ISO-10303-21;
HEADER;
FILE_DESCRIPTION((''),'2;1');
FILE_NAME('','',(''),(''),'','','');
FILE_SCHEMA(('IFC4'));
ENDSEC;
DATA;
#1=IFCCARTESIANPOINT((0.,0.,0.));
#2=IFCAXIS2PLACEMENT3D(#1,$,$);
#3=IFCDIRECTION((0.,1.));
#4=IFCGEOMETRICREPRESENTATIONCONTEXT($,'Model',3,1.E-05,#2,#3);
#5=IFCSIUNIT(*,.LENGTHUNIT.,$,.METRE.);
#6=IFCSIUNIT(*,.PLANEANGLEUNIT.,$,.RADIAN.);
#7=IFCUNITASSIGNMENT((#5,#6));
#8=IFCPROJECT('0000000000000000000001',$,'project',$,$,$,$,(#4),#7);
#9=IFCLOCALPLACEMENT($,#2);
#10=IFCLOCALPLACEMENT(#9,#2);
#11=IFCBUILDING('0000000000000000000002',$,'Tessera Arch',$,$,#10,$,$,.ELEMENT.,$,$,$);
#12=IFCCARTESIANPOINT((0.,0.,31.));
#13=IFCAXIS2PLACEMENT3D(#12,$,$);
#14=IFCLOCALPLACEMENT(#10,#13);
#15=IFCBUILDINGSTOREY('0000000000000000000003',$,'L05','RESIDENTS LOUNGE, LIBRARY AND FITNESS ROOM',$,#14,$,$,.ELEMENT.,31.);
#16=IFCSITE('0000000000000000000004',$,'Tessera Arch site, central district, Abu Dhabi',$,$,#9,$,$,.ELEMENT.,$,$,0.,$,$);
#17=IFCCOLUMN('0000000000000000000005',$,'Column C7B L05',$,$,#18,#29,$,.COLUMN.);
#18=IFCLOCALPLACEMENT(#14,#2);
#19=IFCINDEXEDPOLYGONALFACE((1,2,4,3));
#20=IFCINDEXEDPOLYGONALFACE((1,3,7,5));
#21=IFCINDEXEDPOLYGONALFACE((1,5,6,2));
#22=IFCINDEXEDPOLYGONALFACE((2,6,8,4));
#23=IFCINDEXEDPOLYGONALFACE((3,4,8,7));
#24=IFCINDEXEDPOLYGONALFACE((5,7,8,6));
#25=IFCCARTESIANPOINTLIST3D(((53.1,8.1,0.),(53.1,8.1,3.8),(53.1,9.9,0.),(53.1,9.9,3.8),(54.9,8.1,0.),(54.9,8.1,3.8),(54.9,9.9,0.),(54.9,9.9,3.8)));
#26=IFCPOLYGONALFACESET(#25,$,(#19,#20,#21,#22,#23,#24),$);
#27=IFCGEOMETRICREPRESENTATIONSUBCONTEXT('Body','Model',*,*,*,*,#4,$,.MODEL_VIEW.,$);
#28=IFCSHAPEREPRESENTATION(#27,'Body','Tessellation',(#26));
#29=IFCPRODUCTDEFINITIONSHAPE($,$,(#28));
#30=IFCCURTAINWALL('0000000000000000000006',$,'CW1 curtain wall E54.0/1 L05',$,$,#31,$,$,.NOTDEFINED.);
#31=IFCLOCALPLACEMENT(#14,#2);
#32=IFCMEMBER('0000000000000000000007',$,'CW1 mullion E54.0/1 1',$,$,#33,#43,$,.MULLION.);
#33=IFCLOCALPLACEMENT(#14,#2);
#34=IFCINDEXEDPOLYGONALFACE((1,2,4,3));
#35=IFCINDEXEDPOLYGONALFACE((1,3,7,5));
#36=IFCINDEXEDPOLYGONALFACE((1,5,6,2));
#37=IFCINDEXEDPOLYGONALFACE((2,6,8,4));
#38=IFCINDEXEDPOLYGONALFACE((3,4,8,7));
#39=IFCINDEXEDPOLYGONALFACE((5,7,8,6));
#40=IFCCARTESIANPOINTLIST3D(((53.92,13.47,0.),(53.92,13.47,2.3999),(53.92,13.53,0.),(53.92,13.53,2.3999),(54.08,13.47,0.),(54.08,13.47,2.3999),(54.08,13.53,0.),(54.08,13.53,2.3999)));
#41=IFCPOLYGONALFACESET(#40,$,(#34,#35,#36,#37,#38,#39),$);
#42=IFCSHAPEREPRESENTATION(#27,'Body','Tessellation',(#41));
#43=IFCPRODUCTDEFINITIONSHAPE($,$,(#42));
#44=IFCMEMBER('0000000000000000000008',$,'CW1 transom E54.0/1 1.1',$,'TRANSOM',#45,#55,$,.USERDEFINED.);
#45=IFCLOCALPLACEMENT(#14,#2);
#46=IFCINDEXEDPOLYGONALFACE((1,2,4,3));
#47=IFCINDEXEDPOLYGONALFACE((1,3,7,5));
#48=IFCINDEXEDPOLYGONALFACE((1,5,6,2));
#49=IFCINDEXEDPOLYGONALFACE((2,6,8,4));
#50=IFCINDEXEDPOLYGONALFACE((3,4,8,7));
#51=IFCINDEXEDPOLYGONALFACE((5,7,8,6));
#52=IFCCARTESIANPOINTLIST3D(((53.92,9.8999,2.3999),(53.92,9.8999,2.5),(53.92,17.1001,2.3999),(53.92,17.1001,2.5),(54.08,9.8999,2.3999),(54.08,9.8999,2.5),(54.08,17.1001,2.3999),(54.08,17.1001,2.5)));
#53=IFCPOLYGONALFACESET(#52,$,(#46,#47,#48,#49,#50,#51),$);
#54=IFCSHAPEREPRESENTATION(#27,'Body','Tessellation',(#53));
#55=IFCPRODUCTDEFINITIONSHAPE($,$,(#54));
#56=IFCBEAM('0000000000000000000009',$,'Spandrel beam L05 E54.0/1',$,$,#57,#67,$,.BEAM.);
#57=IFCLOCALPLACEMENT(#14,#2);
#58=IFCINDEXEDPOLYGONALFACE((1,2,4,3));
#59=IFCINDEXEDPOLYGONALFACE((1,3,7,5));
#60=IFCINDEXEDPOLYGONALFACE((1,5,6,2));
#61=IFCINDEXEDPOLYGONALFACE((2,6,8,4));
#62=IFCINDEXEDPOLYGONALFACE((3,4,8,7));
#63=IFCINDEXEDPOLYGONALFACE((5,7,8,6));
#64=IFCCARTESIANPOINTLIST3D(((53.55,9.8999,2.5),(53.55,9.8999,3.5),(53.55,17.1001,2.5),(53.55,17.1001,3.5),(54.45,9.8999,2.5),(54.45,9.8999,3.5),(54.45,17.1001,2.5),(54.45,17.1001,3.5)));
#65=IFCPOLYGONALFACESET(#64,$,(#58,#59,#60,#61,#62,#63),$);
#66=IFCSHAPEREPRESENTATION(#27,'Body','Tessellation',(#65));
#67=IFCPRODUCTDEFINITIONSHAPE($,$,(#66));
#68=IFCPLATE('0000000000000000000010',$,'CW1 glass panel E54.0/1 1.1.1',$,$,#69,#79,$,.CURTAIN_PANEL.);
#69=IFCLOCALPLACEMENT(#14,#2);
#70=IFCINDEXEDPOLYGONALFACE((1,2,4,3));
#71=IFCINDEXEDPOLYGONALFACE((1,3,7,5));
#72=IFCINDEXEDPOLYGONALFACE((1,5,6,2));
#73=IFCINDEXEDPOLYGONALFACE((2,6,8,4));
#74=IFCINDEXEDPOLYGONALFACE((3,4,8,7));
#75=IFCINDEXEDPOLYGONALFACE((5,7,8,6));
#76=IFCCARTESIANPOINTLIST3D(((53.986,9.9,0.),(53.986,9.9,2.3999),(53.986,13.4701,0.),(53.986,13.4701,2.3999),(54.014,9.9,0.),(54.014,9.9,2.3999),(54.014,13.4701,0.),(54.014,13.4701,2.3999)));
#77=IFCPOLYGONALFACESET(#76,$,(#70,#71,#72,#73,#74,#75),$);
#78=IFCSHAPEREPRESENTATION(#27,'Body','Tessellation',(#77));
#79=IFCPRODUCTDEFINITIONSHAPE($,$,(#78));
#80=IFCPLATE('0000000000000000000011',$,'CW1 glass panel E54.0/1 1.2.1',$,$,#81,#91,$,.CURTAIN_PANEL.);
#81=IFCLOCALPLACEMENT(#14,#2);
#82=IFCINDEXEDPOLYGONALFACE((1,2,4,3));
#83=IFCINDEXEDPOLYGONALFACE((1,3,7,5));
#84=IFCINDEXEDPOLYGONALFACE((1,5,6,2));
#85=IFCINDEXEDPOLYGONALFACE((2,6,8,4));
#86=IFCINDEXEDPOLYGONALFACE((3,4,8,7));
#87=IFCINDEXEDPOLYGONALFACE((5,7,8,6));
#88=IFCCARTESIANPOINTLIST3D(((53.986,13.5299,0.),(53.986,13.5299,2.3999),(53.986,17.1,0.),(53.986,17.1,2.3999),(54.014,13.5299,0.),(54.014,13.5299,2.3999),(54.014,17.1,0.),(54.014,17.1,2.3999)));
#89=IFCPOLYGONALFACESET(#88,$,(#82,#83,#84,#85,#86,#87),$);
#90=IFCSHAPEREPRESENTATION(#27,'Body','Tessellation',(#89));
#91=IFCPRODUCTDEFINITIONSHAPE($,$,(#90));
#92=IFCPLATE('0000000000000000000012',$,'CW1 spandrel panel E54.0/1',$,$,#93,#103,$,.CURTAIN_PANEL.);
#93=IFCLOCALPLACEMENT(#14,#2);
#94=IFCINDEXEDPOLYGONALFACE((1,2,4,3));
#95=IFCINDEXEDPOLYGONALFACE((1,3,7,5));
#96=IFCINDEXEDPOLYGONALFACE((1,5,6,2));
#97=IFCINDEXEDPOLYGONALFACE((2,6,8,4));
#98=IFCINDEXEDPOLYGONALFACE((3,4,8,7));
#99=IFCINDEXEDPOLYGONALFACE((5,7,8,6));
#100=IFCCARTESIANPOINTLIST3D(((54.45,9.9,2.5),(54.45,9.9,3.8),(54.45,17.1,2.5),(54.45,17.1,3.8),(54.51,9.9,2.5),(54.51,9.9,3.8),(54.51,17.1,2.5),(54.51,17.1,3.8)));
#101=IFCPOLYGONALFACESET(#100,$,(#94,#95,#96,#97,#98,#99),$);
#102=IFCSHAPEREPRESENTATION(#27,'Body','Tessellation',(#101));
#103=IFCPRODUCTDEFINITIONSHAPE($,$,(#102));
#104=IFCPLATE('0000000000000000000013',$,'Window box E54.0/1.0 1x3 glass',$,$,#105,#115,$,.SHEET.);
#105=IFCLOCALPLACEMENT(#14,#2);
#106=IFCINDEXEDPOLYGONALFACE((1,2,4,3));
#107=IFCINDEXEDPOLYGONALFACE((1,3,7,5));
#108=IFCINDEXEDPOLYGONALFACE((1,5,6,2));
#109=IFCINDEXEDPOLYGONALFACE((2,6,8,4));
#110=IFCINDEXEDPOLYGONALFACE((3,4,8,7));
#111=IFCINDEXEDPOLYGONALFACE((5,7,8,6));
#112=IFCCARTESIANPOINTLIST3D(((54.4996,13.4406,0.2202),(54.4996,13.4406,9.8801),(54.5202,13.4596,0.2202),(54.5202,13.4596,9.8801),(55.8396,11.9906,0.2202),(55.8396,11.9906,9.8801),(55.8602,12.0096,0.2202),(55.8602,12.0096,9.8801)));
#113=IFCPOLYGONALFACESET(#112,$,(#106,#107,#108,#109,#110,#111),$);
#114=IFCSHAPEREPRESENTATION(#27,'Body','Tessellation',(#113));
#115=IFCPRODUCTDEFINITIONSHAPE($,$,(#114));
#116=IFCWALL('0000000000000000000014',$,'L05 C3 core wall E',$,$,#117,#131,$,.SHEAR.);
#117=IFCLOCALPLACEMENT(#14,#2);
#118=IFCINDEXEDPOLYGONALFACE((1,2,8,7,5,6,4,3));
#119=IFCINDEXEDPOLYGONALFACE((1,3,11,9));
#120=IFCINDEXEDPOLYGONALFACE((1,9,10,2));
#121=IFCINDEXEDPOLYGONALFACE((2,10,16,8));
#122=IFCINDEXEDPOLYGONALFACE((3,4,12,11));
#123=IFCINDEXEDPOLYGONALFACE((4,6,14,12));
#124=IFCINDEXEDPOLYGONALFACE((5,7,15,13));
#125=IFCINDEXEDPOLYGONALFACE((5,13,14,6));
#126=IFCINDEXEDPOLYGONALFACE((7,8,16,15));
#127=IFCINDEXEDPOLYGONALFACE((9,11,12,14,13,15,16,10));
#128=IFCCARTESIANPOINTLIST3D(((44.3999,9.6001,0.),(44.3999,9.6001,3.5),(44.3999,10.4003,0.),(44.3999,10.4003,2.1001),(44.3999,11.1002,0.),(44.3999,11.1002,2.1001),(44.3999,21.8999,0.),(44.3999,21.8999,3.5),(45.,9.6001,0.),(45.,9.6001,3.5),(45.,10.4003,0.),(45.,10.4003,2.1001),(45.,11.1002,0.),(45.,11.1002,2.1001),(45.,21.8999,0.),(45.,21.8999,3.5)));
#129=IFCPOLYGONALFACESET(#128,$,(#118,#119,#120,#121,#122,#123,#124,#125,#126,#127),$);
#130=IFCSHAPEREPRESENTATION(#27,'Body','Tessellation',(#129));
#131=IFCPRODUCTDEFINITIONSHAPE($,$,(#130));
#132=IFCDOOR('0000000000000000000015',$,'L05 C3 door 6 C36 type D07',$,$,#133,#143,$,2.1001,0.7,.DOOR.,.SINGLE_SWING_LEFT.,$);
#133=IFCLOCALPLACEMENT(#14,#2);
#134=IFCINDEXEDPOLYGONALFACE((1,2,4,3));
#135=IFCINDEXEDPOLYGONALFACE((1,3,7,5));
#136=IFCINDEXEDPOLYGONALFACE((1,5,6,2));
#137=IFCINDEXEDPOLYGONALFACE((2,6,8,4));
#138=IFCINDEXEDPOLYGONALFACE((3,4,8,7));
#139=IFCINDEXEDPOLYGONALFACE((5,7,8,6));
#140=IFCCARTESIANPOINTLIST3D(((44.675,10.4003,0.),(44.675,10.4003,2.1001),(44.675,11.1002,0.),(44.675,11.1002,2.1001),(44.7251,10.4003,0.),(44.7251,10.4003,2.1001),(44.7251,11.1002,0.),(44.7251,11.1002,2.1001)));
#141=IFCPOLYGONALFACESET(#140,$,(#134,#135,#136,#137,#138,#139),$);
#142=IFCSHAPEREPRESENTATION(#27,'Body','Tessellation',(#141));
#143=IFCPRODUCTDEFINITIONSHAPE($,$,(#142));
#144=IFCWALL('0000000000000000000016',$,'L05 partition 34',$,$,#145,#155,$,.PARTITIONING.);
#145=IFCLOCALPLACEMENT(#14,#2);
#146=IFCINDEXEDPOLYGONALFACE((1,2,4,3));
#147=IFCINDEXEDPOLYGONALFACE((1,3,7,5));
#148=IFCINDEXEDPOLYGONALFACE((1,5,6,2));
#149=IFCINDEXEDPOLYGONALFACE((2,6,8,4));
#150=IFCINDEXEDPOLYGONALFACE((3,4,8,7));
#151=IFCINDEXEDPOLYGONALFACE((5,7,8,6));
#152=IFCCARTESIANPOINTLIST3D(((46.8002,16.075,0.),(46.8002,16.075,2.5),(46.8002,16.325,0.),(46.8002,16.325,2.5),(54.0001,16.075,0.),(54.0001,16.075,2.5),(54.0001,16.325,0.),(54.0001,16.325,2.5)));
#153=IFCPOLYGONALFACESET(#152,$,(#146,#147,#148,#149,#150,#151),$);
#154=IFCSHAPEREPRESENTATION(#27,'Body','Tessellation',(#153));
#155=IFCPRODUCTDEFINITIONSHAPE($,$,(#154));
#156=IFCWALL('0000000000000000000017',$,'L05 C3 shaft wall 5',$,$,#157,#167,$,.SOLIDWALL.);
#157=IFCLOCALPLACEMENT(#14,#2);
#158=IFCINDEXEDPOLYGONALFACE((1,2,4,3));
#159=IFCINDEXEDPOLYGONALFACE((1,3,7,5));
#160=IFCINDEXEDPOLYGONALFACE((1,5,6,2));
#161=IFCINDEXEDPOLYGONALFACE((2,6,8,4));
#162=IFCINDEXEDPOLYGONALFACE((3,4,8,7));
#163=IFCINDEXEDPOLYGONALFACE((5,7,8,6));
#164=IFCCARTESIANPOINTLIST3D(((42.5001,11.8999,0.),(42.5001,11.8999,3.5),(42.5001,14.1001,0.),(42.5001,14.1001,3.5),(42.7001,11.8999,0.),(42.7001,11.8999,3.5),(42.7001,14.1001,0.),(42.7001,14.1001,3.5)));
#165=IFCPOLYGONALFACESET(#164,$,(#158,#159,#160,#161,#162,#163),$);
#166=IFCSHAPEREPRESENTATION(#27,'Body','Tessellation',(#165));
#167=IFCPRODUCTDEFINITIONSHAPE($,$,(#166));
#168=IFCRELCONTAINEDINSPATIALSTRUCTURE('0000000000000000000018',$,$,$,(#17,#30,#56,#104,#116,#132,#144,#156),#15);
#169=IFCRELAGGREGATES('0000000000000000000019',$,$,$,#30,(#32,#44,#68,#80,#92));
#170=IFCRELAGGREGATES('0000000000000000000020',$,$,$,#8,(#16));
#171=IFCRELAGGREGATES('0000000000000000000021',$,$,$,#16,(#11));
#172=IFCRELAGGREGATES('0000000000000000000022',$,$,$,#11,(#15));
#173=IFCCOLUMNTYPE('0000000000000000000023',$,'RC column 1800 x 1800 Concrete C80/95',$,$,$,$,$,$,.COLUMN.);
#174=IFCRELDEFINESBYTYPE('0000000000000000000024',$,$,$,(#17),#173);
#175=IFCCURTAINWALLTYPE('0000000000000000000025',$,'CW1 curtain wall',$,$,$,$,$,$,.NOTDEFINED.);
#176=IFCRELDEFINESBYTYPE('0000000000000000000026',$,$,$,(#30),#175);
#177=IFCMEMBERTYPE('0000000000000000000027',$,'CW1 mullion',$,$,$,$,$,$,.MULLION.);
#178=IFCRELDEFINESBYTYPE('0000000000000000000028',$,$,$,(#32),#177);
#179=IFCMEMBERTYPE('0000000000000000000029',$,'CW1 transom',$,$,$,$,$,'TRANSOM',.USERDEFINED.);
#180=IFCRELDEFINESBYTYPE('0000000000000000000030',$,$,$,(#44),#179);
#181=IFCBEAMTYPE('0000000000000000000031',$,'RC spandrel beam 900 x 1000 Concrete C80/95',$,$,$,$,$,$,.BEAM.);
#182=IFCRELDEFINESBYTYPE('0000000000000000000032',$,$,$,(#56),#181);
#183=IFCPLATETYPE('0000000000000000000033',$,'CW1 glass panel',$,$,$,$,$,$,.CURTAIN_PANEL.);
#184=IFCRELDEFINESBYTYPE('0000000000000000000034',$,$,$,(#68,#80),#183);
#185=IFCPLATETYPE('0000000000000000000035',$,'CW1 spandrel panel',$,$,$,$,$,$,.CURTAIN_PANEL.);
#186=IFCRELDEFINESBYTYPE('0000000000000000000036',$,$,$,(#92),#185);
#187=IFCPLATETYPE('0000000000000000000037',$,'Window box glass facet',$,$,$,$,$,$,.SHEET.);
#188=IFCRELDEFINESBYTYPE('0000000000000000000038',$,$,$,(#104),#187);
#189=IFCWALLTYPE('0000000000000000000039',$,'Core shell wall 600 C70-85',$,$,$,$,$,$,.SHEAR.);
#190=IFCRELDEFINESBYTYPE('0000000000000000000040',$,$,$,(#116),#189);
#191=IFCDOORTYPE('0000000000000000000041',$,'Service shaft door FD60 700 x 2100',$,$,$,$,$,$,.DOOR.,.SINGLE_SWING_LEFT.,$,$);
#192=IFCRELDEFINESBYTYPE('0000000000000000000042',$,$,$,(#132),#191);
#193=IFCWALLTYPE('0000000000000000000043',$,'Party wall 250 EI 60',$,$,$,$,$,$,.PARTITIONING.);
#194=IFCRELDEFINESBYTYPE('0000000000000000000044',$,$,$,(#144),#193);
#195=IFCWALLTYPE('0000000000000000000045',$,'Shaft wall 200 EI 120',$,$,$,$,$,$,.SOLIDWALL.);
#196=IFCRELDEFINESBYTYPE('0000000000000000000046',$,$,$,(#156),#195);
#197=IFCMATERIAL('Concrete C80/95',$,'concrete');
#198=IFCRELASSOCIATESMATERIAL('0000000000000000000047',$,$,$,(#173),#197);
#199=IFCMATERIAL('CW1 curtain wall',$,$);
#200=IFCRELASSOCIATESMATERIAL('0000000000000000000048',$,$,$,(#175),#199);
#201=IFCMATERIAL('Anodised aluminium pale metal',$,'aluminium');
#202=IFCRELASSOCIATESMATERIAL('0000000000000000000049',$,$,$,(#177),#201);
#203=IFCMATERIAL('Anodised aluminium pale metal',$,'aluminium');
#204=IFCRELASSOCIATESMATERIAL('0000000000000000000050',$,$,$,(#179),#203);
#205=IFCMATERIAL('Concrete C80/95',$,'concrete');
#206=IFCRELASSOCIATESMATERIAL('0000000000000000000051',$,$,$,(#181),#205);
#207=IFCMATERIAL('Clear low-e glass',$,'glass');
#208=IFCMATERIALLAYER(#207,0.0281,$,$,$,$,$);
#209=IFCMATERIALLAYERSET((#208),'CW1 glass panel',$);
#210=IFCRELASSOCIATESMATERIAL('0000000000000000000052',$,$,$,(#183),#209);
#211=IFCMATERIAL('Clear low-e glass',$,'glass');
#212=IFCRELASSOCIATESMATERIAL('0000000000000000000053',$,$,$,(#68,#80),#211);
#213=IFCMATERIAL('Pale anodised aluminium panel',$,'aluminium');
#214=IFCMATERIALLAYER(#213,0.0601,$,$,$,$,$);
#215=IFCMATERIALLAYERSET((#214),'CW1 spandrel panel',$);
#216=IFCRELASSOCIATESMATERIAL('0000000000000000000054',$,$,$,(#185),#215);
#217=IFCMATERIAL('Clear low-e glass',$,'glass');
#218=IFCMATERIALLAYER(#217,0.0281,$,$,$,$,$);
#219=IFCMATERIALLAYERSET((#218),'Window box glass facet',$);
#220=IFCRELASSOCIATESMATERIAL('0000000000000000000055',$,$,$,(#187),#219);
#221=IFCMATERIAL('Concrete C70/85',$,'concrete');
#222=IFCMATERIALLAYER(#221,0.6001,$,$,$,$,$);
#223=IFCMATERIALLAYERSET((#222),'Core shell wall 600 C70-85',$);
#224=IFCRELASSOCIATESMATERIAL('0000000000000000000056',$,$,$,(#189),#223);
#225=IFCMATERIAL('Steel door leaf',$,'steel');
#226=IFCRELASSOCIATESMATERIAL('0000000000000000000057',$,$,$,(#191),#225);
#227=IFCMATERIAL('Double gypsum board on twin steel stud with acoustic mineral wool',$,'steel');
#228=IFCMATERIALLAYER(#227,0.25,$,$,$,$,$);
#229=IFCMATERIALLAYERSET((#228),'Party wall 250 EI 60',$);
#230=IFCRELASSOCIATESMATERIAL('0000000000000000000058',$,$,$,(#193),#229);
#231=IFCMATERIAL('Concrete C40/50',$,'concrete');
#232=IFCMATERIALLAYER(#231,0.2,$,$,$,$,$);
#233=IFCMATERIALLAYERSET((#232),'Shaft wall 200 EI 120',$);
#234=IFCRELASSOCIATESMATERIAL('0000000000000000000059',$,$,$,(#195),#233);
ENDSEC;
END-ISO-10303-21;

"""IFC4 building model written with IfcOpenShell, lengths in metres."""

from ifc_helpers import new_model, si_unit, direction, frame, frame_2d, origin, origin_2d, place, context, subcontext, project, spatial, rectangle, extrude, material, layer, layer_set, material_profile, profile_set, type_object, element, fill, aggregate, save


model = new_model("IFC4")

# Units and contexts
model_context = context("Model", 3, precision=1e-05, world=origin(), true_north=direction((0.0, 1.0)))
body_context = subcontext(model_context, "Body", "Model", "MODEL_VIEW")
ifc_project = project(units=[si_unit("LENGTHUNIT", "METRE"), si_unit("PLANEANGLEUNIT", "RADIAN")], contexts=[model_context])

# Site, building, storey
site_placement = place(None, origin())
site = spatial("IfcSite", under=ifc_project, at=site_placement, Name="Tessera Arch site, central district, Abu Dhabi", CompositionType="ELEMENT", RefElevation=0.0)
building_placement = place(site_placement, origin())
building = spatial("IfcBuilding", under=site, at=building_placement, Name="Tessera Arch", CompositionType="ELEMENT")
storey_placement = place(building_placement, frame((0.0, 0.0, 31.0)))
storey = spatial("IfcBuildingStorey", under=building, at=storey_placement, Name="L05", Description="RESIDENTS LOUNGE, LIBRARY AND FITNESS ROOM", CompositionType="ELEMENT", Elevation=31.0)

# Column
ifc_material_1 = material(Name="Concrete C80/95", Category="concrete")
ifc_material_profile_1 = material_profile(ifc_material_1, rectangle(XDim=1.8, YDim=1.8, at=origin_2d()), Name="RC column 1800 x 1800 Concrete C80/95")
ifc_profile_set_1 = profile_set([ifc_material_profile_1], Name="Concrete C80/95")
column_type = type_object("IfcColumnType", Name="RC column 1800 x 1800 Concrete C80/95", PredefinedType="COLUMN", material=ifc_profile_set_1)
column_placement = place(storey_placement, frame((54.0, 9.0, 0.0), z_axis=(0.0, 0.0, 1.0), x_axis=(1.0, 0.0, 0.0)))
element("IfcColumn", 1, at=column_placement, inside=storey, type_object=column_type, Name="Column C7B L05", PredefinedType="COLUMN", context=body_context, shape_type="SweptSolid", body=[
    extrude(rectangle(XDim=1.8, YDim=1.8, at=origin_2d()), origin(), (0.0, 0.0, 1.0), 3.8),
])

# Curtain wall, members
ifc_material_2 = material(Name="CW1 curtain wall")
curtain_wall_type = type_object("IfcCurtainWallType", Name="CW1 curtain wall", PredefinedType="NOTDEFINED", material=ifc_material_2)
curtain_wall_placement = place(storey_placement, origin())
curtain_wall = element("IfcCurtainWall", 2, at=curtain_wall_placement, inside=storey, type_object=curtain_wall_type, Name="CW1 curtain wall E54.0/1 L05", PredefinedType="NOTDEFINED")
ifc_material_3 = material(Name="Anodised aluminium pale metal", Category="aluminium")
ifc_material_profile_2 = material_profile(ifc_material_3, rectangle(XDim=0.1599, YDim=0.0601, at=origin_2d()), Name="AL 60x160")
ifc_profile_set_2 = profile_set([ifc_material_profile_2], Name="Anodised aluminium pale metal")
member_type_1 = type_object("IfcMemberType", Name="CW1 mullion", PredefinedType="MULLION", material=ifc_profile_set_2)
member_1_placement = place(storey_placement, frame((54.0, 13.5, 0.0), z_axis=(0.0, 0.0, 1.0), x_axis=(-1.0, 0.0, 0.0)))
member_1 = element("IfcMember", 3, at=member_1_placement, type_object=member_type_1, Name="CW1 mullion E54.0/1 1", PredefinedType="MULLION", context=body_context, shape_type="SweptSolid", body=[
    extrude(rectangle(XDim=0.1599, YDim=0.0601, at=origin_2d()), origin(), (0.0, 0.0, 1.0), 2.3999),
])
ifc_material_4 = material(Name="Anodised aluminium pale metal", Category="aluminium")
ifc_material_profile_3 = material_profile(ifc_material_4, rectangle(XDim=0.1599, YDim=0.1001, at=origin_2d()), Name="AL 160x100")
ifc_profile_set_3 = profile_set([ifc_material_profile_3], Name="Anodised aluminium pale metal")
member_type_2 = type_object("IfcMemberType", Name="CW1 transom", ElementType="TRANSOM", PredefinedType="USERDEFINED", material=ifc_profile_set_3)
member_2_placement = place(storey_placement, frame((54.0, 9.8999, 2.45), z_axis=(0.0, 1.0, 0.0), x_axis=(-1.0, 0.0, 0.0)))
member_2 = element("IfcMember", 4, at=member_2_placement, type_object=member_type_2, Name="CW1 transom E54.0/1 1.1", ObjectType="TRANSOM", PredefinedType="USERDEFINED", context=body_context, shape_type="SweptSolid", body=[
    extrude(rectangle(XDim=0.1599, YDim=0.1001, at=origin_2d()), origin(), (0.0, 0.0, 1.0), 7.2002),
])

# Beam
ifc_material_5 = material(Name="Concrete C80/95", Category="concrete")
ifc_material_profile_4 = material_profile(ifc_material_5, rectangle(XDim=0.8999, YDim=1.0, at=origin_2d()), Name="RC spandrel beam 900 x 1000 Concrete C80/95")
ifc_profile_set_4 = profile_set([ifc_material_profile_4], Name="Concrete C80/95")
beam_type = type_object("IfcBeamType", Name="RC spandrel beam 900 x 1000 Concrete C80/95", PredefinedType="BEAM", material=ifc_profile_set_4)
beam_placement = place(storey_placement, frame((54.0, 9.8999, 3.0), z_axis=(0.0, 1.0, 0.0), x_axis=(-1.0, 0.0, 0.0)))
element("IfcBeam", 5, at=beam_placement, inside=storey, type_object=beam_type, Name="Spandrel beam L05 E54.0/1", PredefinedType="BEAM", context=body_context, shape_type="SweptSolid", body=[
    extrude(rectangle(XDim=0.8999, YDim=1.0, at=origin_2d()), origin(), (0.0, 0.0, 1.0), 7.2002),
])

# Plates
ifc_material_6 = material(Name="Clear low-e glass", Category="glass")
ifc_material_7 = material(Name="Clear low-e glass", Category="glass")
ifc_layer_1 = layer(ifc_material_7, 0.0281)
ifc_layer_set_1 = layer_set([ifc_layer_1], Name="CW1 glass panel")
plate_type_1 = type_object("IfcPlateType", Name="CW1 glass panel", PredefinedType="CURTAIN_PANEL", material=ifc_layer_set_1)
plate_1_placement = place(storey_placement, frame((54.0, 11.6851, 0.0), z_axis=(0.0, 0.0, 1.0), x_axis=(0.0, 1.0, 0.0)))
plate_1 = element("IfcPlate", 6, at=plate_1_placement, type_object=plate_type_1, material=ifc_material_6, Name="CW1 glass panel E54.0/1 1.1.1", PredefinedType="CURTAIN_PANEL", context=body_context, shape_type="SweptSolid", body=[
    extrude(rectangle(XDim=3.5701, YDim=0.0281, at=origin_2d()), origin(), (0.0, 0.0, 1.0), 2.3999),
])
plate_2_placement = place(storey_placement, frame((54.0, 15.3149, 0.0), z_axis=(0.0, 0.0, 1.0), x_axis=(0.0, 1.0, 0.0)))
plate_2 = element("IfcPlate", 7, at=plate_2_placement, type_object=plate_type_1, material=ifc_material_6, Name="CW1 glass panel E54.0/1 1.2.1", PredefinedType="CURTAIN_PANEL", context=body_context, shape_type="SweptSolid", body=[
    extrude(rectangle(XDim=3.5701, YDim=0.0281, at=origin_2d()), origin(), (0.0, 0.0, 1.0), 2.3999),
])
ifc_material_8 = material(Name="Pale anodised aluminium panel", Category="aluminium")
ifc_layer_2 = layer(ifc_material_8, 0.0601)
ifc_layer_set_2 = layer_set([ifc_layer_2], Name="CW1 spandrel panel")
plate_type_2 = type_object("IfcPlateType", Name="CW1 spandrel panel", PredefinedType="CURTAIN_PANEL", material=ifc_layer_set_2)
plate_3_placement = place(storey_placement, frame((54.48, 13.5, 2.5), z_axis=(0.0, 0.0, 1.0), x_axis=(0.0, 1.0, 0.0)))
plate_3 = element("IfcPlate", 8, at=plate_3_placement, type_object=plate_type_2, Name="CW1 spandrel panel E54.0/1", PredefinedType="CURTAIN_PANEL", context=body_context, shape_type="SweptSolid", body=[
    extrude(rectangle(XDim=7.2, YDim=0.0601, at=origin_2d()), origin(), (0.0, 0.0, 1.0), 1.3),
])
aggregate(curtain_wall, [member_1, member_2, plate_1, plate_2, plate_3])
ifc_material_9 = material(Name="Clear low-e glass", Category="glass")
ifc_layer_3 = layer(ifc_material_9, 0.0281)
ifc_layer_set_3 = layer_set([ifc_layer_3], Name="Window box glass facet")
plate_type_3 = type_object("IfcPlateType", Name="Window box glass facet", PredefinedType="SHEET", material=ifc_layer_set_3)
plate_4_placement = place(storey_placement, frame((55.1799, 12.7251, 0.2202), z_axis=(0.0, 0.0, 1.0), x_axis=(0.678701, -0.734415, 0.0)))
element("IfcPlate", 9, at=plate_4_placement, inside=storey, type_object=plate_type_3, Name="Window box E54.0/1.0 1x3 glass", PredefinedType="SHEET", context=body_context, shape_type="SweptSolid", body=[
    extrude(rectangle(XDim=1.9744, YDim=0.0281, at=origin_2d()), origin(), (0.0, 0.0, 1.0), 9.6599),
])

# Wall, opening, door
ifc_material_10 = material(Name="Concrete C70/85", Category="concrete")
ifc_layer_4 = layer(ifc_material_10, 0.6001)
ifc_layer_set_4 = layer_set([ifc_layer_4], Name="Core shell wall 600 C70-85")
wall_type_1 = type_object("IfcWallType", Name="Core shell wall 600 C70-85", PredefinedType="SHEAR", material=ifc_layer_set_4)
wall_1_placement = place(storey_placement, frame((44.7, 9.6001, 0.0), z_axis=(0.0, 0.0, 1.0), x_axis=(0.0, 1.0, 0.0)))
wall_1 = element("IfcWall", 10, at=wall_1_placement, inside=storey, type_object=wall_type_1, Name="L05 C3 core wall E", PredefinedType="SHEAR", context=body_context, shape_type="SweptSolid", body=[
    extrude(rectangle(XDim=12.2998, YDim=0.6001, at=frame_2d((6.1499, 0.0))), origin(), (0.0, 0.0, 1.0), 3.5),
])
opening_1_placement = place(wall_1_placement, frame((0.8, 0.0, 0.0)))
opening_1 = element("IfcOpeningElement", 11, at=opening_1_placement, cuts=wall_1, PredefinedType="OPENING", context=body_context, shape_type="SweptSolid", body=[
    extrude(rectangle(XDim=0.7, YDim=2.1001, at=frame_2d((0.3501, 1.05))), frame((0.0, 0.3101, 0.0), z_axis=(0.0, -1.0, 0.0), x_axis=(1.0, 0.0, 0.0)), (0.0, 0.0, 1.0), 0.6201),
])
ifc_material_11 = material(Name="Steel door leaf", Category="steel")
door_type = type_object("IfcDoorType", Name="Service shaft door FD60 700 x 2100", OperationType="SINGLE_SWING_LEFT", PredefinedType="DOOR", material=ifc_material_11)
door_1_placement = place(opening_1_placement, origin())
door_1 = element("IfcDoor", 12, at=door_1_placement, inside=storey, type_object=door_type, Name="L05 C3 door 6 C36 type D07", OperationType="SINGLE_SWING_LEFT", OverallHeight=2.1001, OverallWidth=0.7, PredefinedType="DOOR", context=body_context, shape_type="SweptSolid", body=[
    extrude(rectangle(XDim=0.7, YDim=2.1001, at=frame_2d((0.3501, 1.05))), frame((0.0, 0.0249, 0.0), z_axis=(0.0, -1.0, 0.0), x_axis=(1.0, 0.0, 0.0)), (0.0, 0.0, 1.0), 0.05),
])
fill(opening_1, door_1)

# Walls
ifc_material_12 = material(Name="Double gypsum board on twin steel stud with acoustic mineral wool", Category="steel")
ifc_layer_5 = layer(ifc_material_12, 0.25)
ifc_layer_set_5 = layer_set([ifc_layer_5], Name="Party wall 250 EI 60")
wall_type_2 = type_object("IfcWallType", Name="Party wall 250 EI 60", PredefinedType="PARTITIONING", material=ifc_layer_set_5)
wall_2_placement = place(storey_placement, frame((46.8, 16.2, 0.0), z_axis=(0.0, 0.0, 1.0), x_axis=(1.0, 0.0, 0.0)))
element("IfcWall", 13, at=wall_2_placement, inside=storey, type_object=wall_type_2, Name="L05 partition 34", PredefinedType="PARTITIONING", context=body_context, shape_type="SweptSolid", body=[
    extrude(rectangle(XDim=7.2, YDim=0.25, at=frame_2d((3.6001, 0.0))), origin(), (0.0, 0.0, 1.0), 2.5),
])
ifc_material_13 = material(Name="Concrete C40/50", Category="concrete")
ifc_layer_6 = layer(ifc_material_13, 0.2)
ifc_layer_set_6 = layer_set([ifc_layer_6], Name="Shaft wall 200 EI 120")
wall_type_3 = type_object("IfcWallType", Name="Shaft wall 200 EI 120", PredefinedType="SOLIDWALL", material=ifc_layer_set_6)
wall_3_placement = place(storey_placement, frame((42.6001, 11.8999, 0.0), z_axis=(0.0, 0.0, 1.0), x_axis=(0.0, 1.0, 0.0)))
element("IfcWall", 14, at=wall_3_placement, inside=storey, type_object=wall_type_3, Name="L05 C3 shaft wall 5", PredefinedType="SOLIDWALL", context=body_context, shape_type="SweptSolid", body=[
    extrude(rectangle(XDim=2.2002, YDim=0.2, at=frame_2d((1.1001, 0.0))), origin(), (0.0, 0.0, 1.0), 3.5),
])

save(model, "model.ifc")
